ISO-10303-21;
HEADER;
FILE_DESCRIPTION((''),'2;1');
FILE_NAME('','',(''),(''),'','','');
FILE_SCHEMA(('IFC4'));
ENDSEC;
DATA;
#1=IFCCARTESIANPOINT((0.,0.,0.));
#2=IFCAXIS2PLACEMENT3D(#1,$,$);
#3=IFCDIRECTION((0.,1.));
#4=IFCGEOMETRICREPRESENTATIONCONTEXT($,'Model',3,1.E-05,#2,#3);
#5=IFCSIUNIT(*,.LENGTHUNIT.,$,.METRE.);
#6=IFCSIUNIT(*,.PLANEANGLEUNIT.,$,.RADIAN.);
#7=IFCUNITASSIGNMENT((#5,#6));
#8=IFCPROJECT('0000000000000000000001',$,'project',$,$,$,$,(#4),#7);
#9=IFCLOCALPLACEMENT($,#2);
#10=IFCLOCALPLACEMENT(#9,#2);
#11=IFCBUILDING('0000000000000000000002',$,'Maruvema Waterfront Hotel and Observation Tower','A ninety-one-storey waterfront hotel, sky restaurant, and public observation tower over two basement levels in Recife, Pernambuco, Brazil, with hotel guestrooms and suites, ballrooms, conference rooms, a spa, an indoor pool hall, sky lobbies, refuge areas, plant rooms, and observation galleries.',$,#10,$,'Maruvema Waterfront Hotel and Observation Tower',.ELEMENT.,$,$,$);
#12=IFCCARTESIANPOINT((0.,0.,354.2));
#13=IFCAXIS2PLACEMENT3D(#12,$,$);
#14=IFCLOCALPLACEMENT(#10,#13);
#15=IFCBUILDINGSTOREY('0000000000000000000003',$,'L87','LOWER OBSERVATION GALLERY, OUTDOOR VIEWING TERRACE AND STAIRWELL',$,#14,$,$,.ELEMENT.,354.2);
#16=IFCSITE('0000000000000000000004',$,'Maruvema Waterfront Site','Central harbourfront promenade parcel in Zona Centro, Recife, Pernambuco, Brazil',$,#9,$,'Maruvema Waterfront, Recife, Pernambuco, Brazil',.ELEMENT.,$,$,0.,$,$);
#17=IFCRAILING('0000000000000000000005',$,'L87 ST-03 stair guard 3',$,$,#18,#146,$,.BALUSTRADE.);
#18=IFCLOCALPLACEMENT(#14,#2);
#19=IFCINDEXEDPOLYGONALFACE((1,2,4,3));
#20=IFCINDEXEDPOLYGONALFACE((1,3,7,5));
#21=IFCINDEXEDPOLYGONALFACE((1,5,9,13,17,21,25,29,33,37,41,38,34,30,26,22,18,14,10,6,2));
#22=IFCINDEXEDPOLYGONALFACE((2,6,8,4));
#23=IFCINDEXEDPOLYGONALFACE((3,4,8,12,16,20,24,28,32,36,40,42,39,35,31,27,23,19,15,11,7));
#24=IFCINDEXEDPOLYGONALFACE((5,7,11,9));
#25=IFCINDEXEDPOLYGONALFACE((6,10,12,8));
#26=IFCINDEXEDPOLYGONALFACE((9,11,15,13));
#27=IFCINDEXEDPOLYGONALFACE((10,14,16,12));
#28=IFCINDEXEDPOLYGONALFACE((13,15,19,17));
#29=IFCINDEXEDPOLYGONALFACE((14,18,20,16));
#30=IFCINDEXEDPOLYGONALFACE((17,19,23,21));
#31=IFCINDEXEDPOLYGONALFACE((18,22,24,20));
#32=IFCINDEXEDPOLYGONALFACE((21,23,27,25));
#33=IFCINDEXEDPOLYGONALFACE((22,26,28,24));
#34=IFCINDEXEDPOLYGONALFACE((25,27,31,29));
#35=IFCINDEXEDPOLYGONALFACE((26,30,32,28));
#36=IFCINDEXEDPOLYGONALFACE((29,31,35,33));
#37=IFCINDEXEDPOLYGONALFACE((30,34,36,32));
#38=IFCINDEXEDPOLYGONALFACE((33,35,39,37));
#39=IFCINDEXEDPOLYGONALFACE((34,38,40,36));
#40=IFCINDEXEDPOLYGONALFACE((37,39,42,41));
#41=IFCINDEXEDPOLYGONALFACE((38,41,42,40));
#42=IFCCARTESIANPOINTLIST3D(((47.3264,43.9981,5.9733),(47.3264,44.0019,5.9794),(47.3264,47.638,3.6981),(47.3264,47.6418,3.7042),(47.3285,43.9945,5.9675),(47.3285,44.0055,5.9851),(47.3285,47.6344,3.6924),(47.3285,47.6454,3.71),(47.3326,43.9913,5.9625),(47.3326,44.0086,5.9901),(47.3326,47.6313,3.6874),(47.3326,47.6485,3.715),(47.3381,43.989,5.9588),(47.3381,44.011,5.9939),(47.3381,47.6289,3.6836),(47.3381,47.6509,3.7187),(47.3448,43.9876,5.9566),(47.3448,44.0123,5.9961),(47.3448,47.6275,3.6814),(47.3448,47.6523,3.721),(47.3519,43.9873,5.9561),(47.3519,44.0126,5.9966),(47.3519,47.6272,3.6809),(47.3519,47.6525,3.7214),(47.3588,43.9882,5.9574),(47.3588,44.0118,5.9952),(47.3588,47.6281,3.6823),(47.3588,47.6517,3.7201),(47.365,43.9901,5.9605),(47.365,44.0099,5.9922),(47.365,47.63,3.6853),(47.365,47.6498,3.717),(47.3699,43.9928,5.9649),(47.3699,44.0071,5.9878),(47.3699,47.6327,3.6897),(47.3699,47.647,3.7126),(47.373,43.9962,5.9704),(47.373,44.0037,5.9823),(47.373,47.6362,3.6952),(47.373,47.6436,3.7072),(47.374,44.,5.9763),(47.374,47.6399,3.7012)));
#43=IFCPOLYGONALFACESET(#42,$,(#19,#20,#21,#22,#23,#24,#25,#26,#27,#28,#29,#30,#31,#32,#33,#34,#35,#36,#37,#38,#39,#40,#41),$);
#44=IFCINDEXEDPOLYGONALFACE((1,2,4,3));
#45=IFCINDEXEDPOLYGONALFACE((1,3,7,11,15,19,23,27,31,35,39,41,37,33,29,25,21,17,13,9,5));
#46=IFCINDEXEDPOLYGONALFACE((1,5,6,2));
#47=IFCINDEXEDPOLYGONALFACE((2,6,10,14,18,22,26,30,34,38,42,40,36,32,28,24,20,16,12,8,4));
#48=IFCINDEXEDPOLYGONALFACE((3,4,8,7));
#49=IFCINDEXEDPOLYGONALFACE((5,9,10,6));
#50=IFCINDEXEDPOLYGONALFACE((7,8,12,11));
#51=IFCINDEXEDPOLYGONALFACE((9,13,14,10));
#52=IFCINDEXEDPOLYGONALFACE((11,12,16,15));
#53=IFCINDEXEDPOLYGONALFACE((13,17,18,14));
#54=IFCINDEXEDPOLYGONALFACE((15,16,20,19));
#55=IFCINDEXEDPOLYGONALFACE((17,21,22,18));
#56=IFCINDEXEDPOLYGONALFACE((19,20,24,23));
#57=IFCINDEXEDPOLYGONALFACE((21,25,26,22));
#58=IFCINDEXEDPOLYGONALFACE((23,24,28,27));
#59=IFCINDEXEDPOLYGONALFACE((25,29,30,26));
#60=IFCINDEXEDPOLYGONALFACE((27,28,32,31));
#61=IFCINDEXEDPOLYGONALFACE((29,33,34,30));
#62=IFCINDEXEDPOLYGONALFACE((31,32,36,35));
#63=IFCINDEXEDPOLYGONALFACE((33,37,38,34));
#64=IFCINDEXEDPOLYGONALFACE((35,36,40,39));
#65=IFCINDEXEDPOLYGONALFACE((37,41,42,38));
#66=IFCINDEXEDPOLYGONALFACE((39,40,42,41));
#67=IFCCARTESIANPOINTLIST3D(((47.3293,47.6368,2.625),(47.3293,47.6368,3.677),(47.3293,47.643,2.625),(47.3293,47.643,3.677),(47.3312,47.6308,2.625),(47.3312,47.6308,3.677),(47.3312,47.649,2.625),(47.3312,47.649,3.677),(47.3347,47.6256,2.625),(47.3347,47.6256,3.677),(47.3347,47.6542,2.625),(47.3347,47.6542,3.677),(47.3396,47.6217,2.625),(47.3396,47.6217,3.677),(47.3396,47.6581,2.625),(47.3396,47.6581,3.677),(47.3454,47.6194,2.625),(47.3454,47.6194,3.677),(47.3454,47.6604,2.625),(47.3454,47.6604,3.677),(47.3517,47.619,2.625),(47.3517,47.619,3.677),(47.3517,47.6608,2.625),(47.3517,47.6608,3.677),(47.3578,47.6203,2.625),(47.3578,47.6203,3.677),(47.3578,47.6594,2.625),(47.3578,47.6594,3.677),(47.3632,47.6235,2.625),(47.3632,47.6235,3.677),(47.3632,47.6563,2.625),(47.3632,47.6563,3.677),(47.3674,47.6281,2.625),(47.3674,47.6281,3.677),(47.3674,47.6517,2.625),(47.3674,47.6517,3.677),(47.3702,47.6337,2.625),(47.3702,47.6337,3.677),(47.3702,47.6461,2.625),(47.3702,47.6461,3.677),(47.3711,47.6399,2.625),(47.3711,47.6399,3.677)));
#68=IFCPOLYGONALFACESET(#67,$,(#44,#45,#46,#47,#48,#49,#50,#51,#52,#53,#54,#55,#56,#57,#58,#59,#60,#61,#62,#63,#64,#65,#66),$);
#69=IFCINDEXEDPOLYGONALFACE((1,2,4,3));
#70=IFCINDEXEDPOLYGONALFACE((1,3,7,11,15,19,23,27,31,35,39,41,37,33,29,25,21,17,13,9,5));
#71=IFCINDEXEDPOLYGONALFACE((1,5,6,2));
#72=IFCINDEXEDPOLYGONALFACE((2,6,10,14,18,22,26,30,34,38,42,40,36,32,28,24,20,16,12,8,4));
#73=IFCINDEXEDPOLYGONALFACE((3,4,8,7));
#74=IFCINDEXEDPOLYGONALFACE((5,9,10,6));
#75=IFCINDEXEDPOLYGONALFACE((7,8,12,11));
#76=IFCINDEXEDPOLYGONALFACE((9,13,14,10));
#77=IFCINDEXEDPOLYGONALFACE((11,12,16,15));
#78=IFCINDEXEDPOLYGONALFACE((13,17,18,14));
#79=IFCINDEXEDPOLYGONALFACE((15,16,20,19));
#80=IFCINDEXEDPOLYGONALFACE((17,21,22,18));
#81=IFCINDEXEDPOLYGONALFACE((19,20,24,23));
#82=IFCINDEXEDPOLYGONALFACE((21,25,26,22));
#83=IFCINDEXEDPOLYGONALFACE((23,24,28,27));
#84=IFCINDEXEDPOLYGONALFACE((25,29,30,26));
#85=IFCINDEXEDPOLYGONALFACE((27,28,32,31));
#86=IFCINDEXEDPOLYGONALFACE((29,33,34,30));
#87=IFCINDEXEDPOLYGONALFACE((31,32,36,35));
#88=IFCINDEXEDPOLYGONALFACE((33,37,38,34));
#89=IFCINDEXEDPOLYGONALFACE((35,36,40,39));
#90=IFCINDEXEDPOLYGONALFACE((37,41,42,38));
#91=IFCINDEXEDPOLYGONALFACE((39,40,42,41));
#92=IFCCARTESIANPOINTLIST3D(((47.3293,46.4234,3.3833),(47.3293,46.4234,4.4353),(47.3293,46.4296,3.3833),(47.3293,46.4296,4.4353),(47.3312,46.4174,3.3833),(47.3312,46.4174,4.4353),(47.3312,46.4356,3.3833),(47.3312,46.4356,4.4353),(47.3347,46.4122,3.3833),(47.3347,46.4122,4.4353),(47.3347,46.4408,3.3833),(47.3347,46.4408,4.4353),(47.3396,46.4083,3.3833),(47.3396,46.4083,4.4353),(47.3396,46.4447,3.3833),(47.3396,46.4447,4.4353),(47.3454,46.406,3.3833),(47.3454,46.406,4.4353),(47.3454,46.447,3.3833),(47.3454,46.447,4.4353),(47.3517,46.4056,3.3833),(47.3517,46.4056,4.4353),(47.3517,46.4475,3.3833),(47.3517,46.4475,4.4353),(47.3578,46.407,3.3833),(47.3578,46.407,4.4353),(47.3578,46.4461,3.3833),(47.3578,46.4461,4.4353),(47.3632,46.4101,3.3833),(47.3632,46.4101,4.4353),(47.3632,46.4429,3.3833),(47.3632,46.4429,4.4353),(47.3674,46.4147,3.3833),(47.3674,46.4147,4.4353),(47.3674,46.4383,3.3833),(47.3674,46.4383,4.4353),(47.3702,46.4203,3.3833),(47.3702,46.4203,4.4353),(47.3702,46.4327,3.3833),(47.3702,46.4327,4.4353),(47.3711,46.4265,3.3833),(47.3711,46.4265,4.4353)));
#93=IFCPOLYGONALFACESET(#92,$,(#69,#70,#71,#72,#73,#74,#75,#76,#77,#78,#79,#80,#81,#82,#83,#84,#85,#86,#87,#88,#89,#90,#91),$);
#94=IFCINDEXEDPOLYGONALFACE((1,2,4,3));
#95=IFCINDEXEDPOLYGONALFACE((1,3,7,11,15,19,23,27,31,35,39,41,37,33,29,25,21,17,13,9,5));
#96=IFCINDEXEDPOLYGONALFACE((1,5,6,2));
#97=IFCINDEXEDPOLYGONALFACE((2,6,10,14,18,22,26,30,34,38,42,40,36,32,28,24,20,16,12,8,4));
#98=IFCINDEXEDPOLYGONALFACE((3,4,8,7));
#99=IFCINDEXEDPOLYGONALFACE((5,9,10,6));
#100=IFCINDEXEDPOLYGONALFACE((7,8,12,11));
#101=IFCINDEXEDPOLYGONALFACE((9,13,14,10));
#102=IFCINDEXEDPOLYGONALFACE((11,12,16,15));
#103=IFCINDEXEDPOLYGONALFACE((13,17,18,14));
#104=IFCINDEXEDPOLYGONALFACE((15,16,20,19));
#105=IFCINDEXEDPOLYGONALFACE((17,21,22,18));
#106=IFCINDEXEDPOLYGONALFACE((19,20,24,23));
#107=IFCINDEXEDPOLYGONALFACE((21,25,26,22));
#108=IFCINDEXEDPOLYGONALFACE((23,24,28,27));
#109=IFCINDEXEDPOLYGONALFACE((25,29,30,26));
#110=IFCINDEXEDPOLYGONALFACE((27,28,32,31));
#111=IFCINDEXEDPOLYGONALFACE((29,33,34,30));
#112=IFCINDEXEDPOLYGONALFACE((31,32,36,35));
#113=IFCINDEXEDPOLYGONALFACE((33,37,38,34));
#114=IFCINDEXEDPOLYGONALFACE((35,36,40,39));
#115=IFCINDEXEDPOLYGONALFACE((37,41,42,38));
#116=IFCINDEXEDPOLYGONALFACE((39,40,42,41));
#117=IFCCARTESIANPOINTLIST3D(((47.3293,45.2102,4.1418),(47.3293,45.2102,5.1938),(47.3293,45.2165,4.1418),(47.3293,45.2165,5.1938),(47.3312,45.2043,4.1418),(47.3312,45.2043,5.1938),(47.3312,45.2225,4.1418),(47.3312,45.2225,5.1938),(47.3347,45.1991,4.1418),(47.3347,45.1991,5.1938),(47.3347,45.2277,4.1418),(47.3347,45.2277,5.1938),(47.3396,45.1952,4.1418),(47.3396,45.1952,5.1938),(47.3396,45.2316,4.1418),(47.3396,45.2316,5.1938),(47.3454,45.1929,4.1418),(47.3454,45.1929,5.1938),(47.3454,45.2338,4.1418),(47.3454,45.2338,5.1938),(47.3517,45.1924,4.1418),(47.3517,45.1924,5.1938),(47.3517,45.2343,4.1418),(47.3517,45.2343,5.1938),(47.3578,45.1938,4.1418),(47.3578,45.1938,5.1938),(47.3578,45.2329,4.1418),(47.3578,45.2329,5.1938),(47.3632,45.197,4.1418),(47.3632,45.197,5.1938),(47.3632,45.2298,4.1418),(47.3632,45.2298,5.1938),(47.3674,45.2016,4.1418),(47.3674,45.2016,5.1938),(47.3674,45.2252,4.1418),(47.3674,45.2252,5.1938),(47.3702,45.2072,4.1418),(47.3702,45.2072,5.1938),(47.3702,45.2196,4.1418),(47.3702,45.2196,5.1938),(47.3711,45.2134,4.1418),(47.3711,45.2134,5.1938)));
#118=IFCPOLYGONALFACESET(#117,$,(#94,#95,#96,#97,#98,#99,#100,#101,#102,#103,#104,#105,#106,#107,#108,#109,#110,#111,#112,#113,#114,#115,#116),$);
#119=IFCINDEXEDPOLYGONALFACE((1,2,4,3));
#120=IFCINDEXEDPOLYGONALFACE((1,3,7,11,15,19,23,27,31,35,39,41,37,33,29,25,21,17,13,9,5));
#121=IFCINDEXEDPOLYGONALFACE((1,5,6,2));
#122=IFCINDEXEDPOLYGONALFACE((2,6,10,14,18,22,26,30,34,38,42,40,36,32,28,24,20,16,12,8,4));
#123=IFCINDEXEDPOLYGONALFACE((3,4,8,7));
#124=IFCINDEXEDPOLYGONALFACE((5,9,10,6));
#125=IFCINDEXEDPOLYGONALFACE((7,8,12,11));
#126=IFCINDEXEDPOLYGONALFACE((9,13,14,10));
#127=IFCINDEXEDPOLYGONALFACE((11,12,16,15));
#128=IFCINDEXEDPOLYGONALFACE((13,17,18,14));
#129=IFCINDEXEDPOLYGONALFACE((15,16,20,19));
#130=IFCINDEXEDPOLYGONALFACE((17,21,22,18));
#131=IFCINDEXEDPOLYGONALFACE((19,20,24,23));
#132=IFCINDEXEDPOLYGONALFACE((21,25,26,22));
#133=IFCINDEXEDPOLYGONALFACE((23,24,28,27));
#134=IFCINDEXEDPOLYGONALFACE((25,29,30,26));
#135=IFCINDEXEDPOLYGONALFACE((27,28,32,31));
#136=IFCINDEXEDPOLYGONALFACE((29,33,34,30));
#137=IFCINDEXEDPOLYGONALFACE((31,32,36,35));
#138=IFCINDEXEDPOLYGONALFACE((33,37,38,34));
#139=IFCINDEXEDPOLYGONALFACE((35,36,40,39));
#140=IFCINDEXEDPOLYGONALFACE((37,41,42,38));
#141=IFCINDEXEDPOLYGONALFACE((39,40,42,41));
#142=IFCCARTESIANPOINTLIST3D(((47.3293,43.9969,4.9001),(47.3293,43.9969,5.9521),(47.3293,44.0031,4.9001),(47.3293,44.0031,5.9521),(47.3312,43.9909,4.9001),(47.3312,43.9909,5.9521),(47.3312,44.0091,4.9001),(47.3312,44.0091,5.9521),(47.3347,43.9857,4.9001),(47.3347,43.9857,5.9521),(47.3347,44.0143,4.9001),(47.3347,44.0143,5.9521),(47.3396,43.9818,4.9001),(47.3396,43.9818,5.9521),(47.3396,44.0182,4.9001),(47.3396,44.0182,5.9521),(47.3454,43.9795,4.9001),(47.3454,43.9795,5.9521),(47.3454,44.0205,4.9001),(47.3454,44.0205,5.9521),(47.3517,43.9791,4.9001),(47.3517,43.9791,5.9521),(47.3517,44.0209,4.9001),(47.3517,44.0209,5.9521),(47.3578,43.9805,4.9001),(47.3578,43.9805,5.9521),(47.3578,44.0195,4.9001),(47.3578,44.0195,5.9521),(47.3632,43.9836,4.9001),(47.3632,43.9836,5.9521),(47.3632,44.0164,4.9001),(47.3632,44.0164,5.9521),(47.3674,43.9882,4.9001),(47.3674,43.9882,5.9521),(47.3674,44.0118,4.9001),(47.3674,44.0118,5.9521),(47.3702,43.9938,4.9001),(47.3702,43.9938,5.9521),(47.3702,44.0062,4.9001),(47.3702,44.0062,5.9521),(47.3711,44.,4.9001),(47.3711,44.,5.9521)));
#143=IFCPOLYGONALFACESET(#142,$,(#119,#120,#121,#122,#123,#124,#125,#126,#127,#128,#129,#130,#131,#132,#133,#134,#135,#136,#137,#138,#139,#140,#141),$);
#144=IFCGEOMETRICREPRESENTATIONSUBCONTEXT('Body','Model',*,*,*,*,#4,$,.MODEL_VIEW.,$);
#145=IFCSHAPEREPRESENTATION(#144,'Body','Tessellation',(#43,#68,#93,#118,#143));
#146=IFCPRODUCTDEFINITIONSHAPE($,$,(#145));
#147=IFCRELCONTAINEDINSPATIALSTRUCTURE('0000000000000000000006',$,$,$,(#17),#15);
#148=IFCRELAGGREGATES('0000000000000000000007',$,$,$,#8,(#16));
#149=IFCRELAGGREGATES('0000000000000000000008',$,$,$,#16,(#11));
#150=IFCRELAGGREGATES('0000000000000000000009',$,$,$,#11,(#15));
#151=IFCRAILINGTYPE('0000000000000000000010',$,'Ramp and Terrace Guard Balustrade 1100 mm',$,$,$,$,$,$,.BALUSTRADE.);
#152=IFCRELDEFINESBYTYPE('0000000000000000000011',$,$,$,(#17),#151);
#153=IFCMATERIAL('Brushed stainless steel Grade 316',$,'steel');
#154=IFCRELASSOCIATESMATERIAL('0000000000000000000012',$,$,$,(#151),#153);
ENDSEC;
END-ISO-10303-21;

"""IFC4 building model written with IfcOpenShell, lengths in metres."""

from ifc_helpers import new_model, si_unit, direction, frame, origin, origin_2d, place, context, subcontext, project, spatial, circle, extrude, material, type_object, element, save


model = new_model("IFC4")

# Units and contexts
model_context = context("Model", 3, precision=1e-05, world=origin(), true_north=direction((0.0, 1.0)))
body_context = subcontext(model_context, "Body", "Model", "MODEL_VIEW")
ifc_project = project(units=[si_unit("LENGTHUNIT", "METRE"), si_unit("PLANEANGLEUNIT", "RADIAN")], contexts=[model_context])

# Site, building, storey
site_placement = place(None, origin())
site = spatial("IfcSite", under=ifc_project, at=site_placement, Name="Maruvema Waterfront Site", Description="Central harbourfront promenade parcel in Zona Centro, Recife, Pernambuco, Brazil", LongName="Maruvema Waterfront, Recife, Pernambuco, Brazil", CompositionType="ELEMENT", RefElevation=0.0)
building_placement = place(site_placement, origin())
building = spatial("IfcBuilding", under=site, at=building_placement, Name="Maruvema Waterfront Hotel and Observation Tower", Description="A ninety-one-storey waterfront hotel, sky restaurant, and public observation tower over two basement levels in Recife, Pernambuco, Brazil, with hotel guestrooms and suites, ballrooms, conference rooms, a spa, an indoor pool hall, sky lobbies, refuge areas, plant rooms, and observation galleries.", LongName="Maruvema Waterfront Hotel and Observation Tower", CompositionType="ELEMENT")
storey_placement = place(building_placement, frame((0.0, 0.0, 354.2)))
storey = spatial("IfcBuildingStorey", under=building, at=storey_placement, Name="L87", Description="LOWER OBSERVATION GALLERY, OUTDOOR VIEWING TERRACE AND STAIRWELL", CompositionType="ELEMENT", Elevation=354.2)

# Railing
ifc_material_1 = material(Name="Brushed stainless steel Grade 316", Category="steel")
railing_type_1 = type_object("IfcRailingType", Name="Ramp and Terrace Guard Balustrade 1100 mm", PredefinedType="BALUSTRADE", material=ifc_material_1)
railing_1_placement = place(storey_placement, frame((47.3501, 47.6399, 2.625)))
element("IfcRailing", 1, at=railing_1_placement, inside=storey, type_object=railing_type_1, Name="L87 ST-03 stair guard 3", PredefinedType="BALUSTRADE", context=body_context, shape_type="SweptSolid", body=[
    extrude(circle(Radius=0.0239, at=origin_2d()), frame((0.0, 0.0, 1.0762), z_axis=(0.0, -0.847976, 0.530035), x_axis=(1.0, 0.0, 0.0)), (0.0, 0.0, 1.0), 4.2925),
    extrude(circle(Radius=0.021, at=origin_2d()), origin(), (0.0, 0.0, 1.0), 1.052),
    extrude(circle(Radius=0.021, at=origin_2d()), frame((0.0, -1.2134, 0.7583)), (0.0, 0.0, 1.0), 1.052),
    extrude(circle(Radius=0.021, at=origin_2d()), frame((0.0, -2.4265, 1.5168)), (0.0, 0.0, 1.0), 1.052),
    extrude(circle(Radius=0.021, at=origin_2d()), frame((0.0, -3.6399, 2.2751)), (0.0, 0.0, 1.0), 1.052),
])

save(model, "model.ifc")
